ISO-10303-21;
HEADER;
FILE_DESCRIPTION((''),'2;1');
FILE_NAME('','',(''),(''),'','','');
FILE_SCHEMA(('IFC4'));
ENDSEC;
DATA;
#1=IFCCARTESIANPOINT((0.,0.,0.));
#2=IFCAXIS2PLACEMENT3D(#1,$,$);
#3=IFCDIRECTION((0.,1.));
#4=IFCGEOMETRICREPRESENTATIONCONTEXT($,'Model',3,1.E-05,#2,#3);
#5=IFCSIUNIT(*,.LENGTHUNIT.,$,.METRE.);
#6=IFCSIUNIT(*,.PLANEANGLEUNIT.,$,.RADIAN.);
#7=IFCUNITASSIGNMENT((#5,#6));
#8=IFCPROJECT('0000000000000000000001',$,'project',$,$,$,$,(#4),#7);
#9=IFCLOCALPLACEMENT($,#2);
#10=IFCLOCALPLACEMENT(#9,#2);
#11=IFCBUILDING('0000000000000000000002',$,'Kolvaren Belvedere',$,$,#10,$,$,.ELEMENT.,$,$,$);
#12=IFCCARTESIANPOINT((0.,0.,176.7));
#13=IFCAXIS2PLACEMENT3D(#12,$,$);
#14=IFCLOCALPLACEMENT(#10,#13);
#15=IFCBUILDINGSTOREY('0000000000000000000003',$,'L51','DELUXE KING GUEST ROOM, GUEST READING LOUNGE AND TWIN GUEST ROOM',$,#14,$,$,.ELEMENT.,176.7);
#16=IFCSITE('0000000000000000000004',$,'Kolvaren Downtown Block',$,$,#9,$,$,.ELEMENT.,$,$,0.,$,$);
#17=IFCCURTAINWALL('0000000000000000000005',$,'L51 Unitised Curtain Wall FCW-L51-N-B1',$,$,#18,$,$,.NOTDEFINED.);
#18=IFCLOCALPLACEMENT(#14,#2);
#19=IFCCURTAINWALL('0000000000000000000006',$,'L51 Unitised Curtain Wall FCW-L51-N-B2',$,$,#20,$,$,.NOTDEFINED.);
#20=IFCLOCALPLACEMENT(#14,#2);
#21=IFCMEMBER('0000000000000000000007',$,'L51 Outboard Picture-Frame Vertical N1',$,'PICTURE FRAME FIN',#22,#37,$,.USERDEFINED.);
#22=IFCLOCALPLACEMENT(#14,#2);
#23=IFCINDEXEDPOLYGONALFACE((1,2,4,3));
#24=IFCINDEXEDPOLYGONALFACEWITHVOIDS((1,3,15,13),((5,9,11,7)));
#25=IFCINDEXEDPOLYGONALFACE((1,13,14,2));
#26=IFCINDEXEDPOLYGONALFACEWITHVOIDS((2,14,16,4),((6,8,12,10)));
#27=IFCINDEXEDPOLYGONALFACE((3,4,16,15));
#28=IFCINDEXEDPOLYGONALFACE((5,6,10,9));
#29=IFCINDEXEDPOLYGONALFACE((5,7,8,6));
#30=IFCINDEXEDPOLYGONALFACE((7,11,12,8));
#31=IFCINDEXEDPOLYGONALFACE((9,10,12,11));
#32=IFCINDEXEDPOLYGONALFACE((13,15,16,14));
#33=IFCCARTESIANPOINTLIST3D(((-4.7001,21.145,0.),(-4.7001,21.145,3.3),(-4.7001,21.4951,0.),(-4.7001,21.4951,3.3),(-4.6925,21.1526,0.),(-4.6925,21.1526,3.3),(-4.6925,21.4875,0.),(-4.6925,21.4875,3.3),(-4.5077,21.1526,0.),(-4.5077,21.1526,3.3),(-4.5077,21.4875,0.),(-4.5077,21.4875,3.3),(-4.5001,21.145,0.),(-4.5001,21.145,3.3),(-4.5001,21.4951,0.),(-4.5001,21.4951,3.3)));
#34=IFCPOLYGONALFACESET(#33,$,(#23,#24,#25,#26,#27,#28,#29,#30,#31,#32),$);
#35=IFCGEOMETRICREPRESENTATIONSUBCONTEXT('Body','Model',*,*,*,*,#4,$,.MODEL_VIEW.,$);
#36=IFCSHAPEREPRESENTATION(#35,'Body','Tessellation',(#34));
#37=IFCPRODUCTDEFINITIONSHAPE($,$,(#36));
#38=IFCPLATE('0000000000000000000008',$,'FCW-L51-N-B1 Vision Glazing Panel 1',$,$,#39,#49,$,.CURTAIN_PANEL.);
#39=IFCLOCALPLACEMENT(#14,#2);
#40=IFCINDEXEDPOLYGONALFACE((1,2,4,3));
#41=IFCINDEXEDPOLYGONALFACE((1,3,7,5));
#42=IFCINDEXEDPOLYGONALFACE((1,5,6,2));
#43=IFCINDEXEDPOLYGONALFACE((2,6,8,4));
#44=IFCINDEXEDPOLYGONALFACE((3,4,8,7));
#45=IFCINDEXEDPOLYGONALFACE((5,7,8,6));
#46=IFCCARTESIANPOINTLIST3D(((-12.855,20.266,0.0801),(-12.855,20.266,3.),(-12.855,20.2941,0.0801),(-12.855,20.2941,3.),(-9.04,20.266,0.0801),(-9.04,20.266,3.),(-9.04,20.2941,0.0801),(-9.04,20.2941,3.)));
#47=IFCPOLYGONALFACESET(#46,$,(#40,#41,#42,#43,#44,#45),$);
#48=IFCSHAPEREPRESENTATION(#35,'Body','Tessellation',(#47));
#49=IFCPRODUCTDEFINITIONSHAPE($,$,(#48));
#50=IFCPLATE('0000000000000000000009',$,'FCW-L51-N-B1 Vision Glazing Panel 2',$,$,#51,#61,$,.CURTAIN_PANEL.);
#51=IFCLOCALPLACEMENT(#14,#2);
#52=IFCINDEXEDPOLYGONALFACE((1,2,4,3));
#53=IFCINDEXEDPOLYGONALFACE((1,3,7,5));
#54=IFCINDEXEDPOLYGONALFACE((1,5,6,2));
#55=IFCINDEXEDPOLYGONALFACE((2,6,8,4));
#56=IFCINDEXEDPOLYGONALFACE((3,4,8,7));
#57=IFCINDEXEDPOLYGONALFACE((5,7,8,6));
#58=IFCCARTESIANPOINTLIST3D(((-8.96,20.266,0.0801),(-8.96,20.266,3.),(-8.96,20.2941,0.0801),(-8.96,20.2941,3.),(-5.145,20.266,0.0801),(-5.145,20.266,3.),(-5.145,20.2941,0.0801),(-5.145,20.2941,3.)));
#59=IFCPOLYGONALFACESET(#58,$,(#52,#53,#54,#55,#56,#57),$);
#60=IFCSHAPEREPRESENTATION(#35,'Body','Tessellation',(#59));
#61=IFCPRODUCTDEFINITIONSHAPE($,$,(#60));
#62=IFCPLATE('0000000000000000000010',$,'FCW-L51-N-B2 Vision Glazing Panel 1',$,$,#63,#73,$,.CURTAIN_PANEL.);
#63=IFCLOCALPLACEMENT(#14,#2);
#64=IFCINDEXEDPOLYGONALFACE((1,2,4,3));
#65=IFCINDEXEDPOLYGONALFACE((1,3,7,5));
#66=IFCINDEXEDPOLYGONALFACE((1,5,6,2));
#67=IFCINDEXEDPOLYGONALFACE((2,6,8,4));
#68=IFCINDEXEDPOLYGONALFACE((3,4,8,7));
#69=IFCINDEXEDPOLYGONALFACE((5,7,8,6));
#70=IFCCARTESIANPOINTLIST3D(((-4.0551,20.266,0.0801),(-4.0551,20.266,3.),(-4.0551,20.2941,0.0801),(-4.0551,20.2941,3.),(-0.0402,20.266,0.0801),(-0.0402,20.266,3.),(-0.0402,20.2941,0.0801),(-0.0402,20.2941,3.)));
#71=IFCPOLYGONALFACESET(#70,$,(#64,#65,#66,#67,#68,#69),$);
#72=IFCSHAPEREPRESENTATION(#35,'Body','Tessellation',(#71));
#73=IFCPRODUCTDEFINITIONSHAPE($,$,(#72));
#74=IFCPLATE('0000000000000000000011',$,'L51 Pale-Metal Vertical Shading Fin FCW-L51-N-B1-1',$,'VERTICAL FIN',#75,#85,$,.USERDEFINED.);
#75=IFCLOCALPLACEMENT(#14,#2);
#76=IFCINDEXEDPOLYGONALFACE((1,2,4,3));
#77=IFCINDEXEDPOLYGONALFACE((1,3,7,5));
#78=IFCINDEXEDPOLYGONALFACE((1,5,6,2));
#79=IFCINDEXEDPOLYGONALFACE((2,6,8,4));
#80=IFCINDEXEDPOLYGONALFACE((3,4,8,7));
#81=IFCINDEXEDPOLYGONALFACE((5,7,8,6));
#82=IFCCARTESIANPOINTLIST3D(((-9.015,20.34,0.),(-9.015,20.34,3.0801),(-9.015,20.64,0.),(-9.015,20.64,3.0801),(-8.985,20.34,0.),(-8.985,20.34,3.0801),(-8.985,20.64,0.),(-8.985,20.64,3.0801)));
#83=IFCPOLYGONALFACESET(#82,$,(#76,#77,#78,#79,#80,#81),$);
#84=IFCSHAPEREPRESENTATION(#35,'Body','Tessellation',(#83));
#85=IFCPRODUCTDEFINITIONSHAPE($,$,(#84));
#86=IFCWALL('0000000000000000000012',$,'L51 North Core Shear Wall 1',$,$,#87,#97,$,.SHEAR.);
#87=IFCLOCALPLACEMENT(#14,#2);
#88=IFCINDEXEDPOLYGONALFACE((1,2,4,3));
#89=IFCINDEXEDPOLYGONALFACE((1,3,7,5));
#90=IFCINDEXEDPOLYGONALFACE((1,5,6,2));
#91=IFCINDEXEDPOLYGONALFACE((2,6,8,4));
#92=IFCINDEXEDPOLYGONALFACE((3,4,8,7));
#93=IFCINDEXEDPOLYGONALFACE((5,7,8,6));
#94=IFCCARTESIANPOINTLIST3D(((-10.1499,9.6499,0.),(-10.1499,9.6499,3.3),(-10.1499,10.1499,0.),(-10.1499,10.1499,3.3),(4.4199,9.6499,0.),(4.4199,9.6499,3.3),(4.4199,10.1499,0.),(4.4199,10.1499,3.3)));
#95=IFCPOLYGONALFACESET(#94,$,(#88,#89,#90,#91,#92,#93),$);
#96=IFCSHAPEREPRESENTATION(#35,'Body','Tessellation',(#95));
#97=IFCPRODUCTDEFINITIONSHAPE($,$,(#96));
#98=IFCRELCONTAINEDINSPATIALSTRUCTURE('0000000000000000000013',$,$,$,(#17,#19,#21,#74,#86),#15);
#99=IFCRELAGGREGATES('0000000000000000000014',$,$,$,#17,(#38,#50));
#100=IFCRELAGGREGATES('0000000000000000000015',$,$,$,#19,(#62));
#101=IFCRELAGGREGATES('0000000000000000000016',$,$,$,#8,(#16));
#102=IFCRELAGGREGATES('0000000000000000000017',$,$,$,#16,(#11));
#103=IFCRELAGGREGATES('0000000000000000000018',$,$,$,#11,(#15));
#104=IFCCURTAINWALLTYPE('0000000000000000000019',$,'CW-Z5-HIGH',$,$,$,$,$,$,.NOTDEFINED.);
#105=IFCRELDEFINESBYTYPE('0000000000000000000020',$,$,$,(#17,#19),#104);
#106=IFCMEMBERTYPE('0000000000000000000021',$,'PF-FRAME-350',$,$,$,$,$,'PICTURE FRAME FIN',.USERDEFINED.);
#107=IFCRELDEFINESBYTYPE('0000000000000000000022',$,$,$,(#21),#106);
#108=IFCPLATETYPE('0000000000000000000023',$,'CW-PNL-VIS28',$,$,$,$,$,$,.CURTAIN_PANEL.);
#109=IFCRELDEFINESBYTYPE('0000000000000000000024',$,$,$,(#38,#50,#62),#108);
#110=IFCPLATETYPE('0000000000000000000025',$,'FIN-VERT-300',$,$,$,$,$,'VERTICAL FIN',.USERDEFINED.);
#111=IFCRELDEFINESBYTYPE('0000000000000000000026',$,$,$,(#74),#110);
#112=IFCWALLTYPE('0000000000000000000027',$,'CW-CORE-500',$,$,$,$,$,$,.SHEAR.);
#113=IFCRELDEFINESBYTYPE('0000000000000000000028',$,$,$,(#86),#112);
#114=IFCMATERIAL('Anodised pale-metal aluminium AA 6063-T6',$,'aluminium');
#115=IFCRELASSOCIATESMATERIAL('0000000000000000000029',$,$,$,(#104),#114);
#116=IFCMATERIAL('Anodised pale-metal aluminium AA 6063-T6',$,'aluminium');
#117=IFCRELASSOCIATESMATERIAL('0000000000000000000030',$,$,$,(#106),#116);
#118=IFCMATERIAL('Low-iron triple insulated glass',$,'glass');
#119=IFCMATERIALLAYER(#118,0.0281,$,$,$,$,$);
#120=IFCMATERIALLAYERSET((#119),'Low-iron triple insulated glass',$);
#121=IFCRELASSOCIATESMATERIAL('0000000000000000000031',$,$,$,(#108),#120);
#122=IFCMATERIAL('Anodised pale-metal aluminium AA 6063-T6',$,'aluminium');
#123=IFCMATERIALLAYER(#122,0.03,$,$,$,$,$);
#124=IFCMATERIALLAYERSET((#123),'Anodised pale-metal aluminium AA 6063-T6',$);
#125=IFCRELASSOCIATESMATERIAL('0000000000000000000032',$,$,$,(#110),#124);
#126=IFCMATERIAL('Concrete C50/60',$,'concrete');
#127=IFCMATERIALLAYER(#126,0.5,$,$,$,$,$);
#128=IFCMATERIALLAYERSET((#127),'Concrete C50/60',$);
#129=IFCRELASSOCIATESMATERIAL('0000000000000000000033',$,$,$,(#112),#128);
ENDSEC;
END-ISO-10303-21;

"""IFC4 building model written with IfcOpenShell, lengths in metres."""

from ifc_helpers import new_model, si_unit, direction, frame, frame_2d, origin, origin_2d, place, context, subcontext, project, spatial, rectangle, hollow_rectangle, extrude, material, layer, layer_set, material_profile, profile_set, type_object, element, aggregate, save


model = new_model("IFC4")

# Units and contexts
model_context = context("Model", 3, precision=1e-05, world=origin(), true_north=direction((0.0, 1.0)))
body_context = subcontext(model_context, "Body", "Model", "MODEL_VIEW")
ifc_project = project(units=[si_unit("LENGTHUNIT", "METRE"), si_unit("PLANEANGLEUNIT", "RADIAN")], contexts=[model_context])

# Site, building, storey
site_placement = place(None, origin())
site = spatial("IfcSite", under=ifc_project, at=site_placement, Name="Kolvaren Downtown Block", CompositionType="ELEMENT", RefElevation=0.0)
building_placement = place(site_placement, origin())
building = spatial("IfcBuilding", under=site, at=building_placement, Name="Kolvaren Belvedere", CompositionType="ELEMENT")
storey_placement = place(building_placement, frame((0.0, 0.0, 176.7)))
storey = spatial("IfcBuildingStorey", under=building, at=storey_placement, Name="L51", Description="DELUXE KING GUEST ROOM, GUEST READING LOUNGE AND TWIN GUEST ROOM", CompositionType="ELEMENT", Elevation=176.7)

# Curtain walls
ifc_material_1 = material(Name="Anodised pale-metal aluminium AA 6063-T6", Category="aluminium")
curtain_wall_type = type_object("IfcCurtainWallType", Name="CW-Z5-HIGH", PredefinedType="NOTDEFINED", material=ifc_material_1)
curtain_wall_1_placement = place(storey_placement, origin())
curtain_wall_1 = element("IfcCurtainWall", 1, at=curtain_wall_1_placement, inside=storey, type_object=curtain_wall_type, Name="L51 Unitised Curtain Wall FCW-L51-N-B1", PredefinedType="NOTDEFINED")
curtain_wall_2_placement = place(storey_placement, origin())
curtain_wall_2 = element("IfcCurtainWall", 2, at=curtain_wall_2_placement, inside=storey, type_object=curtain_wall_type, Name="L51 Unitised Curtain Wall FCW-L51-N-B2", PredefinedType="NOTDEFINED")

# Member
ifc_material_2 = material(Name="Anodised pale-metal aluminium AA 6063-T6", Category="aluminium")
ifc_material_profile_1 = material_profile(ifc_material_2, hollow_rectangle(XDim=0.2, YDim=0.3501, WallThickness=0.0076, at=origin_2d()), Name="ALU-PF-350X200")
ifc_profile_set_1 = profile_set([ifc_material_profile_1], Name="Anodised pale-metal aluminium AA 6063-T6")
member_type_1 = type_object("IfcMemberType", Name="PF-FRAME-350", ElementType="PICTURE FRAME FIN", PredefinedType="USERDEFINED", material=ifc_profile_set_1)
member_1_placement = place(storey_placement, frame((-4.6001, 21.3201, 0.0), z_axis=(0.0, 0.0, 1.0), x_axis=(1.0, 0.0, 0.0)))
element("IfcMember", 3, at=member_1_placement, inside=storey, type_object=member_type_1, Name="L51 Outboard Picture-Frame Vertical N1", ObjectType="PICTURE FRAME FIN", PredefinedType="USERDEFINED", context=body_context, shape_type="SweptSolid", body=[
    extrude(hollow_rectangle(XDim=0.2, YDim=0.3501, WallThickness=0.0076, at=origin_2d()), origin(), (0.0, 0.0, 1.0), 3.3),
])

# Plates
ifc_material_3 = material(Name="Low-iron triple insulated glass", Category="glass")
ifc_layer_1 = layer(ifc_material_3, 0.0281)
ifc_layer_set_1 = layer_set([ifc_layer_1], Name="Low-iron triple insulated glass")
plate_type_1 = type_object("IfcPlateType", Name="CW-PNL-VIS28", PredefinedType="CURTAIN_PANEL", material=ifc_layer_set_1)
plate_1_placement = place(storey_placement, frame((-10.9475, 20.28, 0.0801), z_axis=(0.0, 0.0, 1.0), x_axis=(1.0, 0.0, 0.0)))
plate_1 = element("IfcPlate", 4, at=plate_1_placement, type_object=plate_type_1, Name="FCW-L51-N-B1 Vision Glazing Panel 1", PredefinedType="CURTAIN_PANEL", context=body_context, shape_type="SweptSolid", body=[
    extrude(rectangle(XDim=3.8149, YDim=0.0281, at=origin_2d()), origin(), (0.0, 0.0, 1.0), 2.9199),
])
plate_2_placement = place(storey_placement, frame((-7.0525, 20.28, 0.0801), z_axis=(0.0, 0.0, 1.0), x_axis=(1.0, 0.0, 0.0)))
plate_2 = element("IfcPlate", 5, at=plate_2_placement, type_object=plate_type_1, Name="FCW-L51-N-B1 Vision Glazing Panel 2", PredefinedType="CURTAIN_PANEL", context=body_context, shape_type="SweptSolid", body=[
    extrude(rectangle(XDim=3.8149, YDim=0.0281, at=origin_2d()), origin(), (0.0, 0.0, 1.0), 2.9199),
])
aggregate(curtain_wall_1, [plate_1, plate_2])
plate_3_placement = place(storey_placement, frame((-2.0476, 20.28, 0.0801), z_axis=(0.0, 0.0, 1.0), x_axis=(1.0, 0.0, 0.0)))
plate_3 = element("IfcPlate", 6, at=plate_3_placement, type_object=plate_type_1, Name="FCW-L51-N-B2 Vision Glazing Panel 1", PredefinedType="CURTAIN_PANEL", context=body_context, shape_type="SweptSolid", body=[
    extrude(rectangle(XDim=4.0149, YDim=0.0281, at=origin_2d()), origin(), (0.0, 0.0, 1.0), 2.9199),
])
aggregate(curtain_wall_2, [plate_3])
ifc_material_4 = material(Name="Anodised pale-metal aluminium AA 6063-T6", Category="aluminium")
ifc_layer_2 = layer(ifc_material_4, 0.03)
ifc_layer_set_2 = layer_set([ifc_layer_2], Name="Anodised pale-metal aluminium AA 6063-T6")
plate_type_2 = type_object("IfcPlateType", Name="FIN-VERT-300", ElementType="VERTICAL FIN", PredefinedType="USERDEFINED", material=ifc_layer_set_2)
plate_4_placement = place(storey_placement, frame((-9.0, 20.49, 0.0), z_axis=(0.0, 0.0, 1.0), x_axis=(0.0, 1.0, 0.0)))
element("IfcPlate", 7, at=plate_4_placement, inside=storey, type_object=plate_type_2, Name="L51 Pale-Metal Vertical Shading Fin FCW-L51-N-B1-1", ObjectType="VERTICAL FIN", PredefinedType="USERDEFINED", context=body_context, shape_type="SweptSolid", body=[
    extrude(rectangle(XDim=0.3, YDim=0.03, at=origin_2d()), origin(), (0.0, 0.0, 1.0), 3.0801),
])

# Wall
ifc_material_5 = material(Name="Concrete C50/60", Category="concrete")
ifc_layer_3 = layer(ifc_material_5, 0.5)
ifc_layer_set_3 = layer_set([ifc_layer_3], Name="Concrete C50/60")
wall_type_1 = type_object("IfcWallType", Name="CW-CORE-500", PredefinedType="SHEAR", material=ifc_layer_set_3)
wall_1_placement = place(storey_placement, frame((-10.1499, 9.8999, 0.0), z_axis=(0.0, 0.0, 1.0), x_axis=(1.0, 0.0, 0.0)))
element("IfcWall", 8, at=wall_1_placement, inside=storey, type_object=wall_type_1, Name="L51 North Core Shear Wall 1", PredefinedType="SHEAR", context=body_context, shape_type="SweptSolid", body=[
    extrude(rectangle(XDim=14.5698, YDim=0.5, at=frame_2d((7.2849, 0.0))), origin(), (0.0, 0.0, 1.0), 3.3),
])

save(model, "model.ifc")
